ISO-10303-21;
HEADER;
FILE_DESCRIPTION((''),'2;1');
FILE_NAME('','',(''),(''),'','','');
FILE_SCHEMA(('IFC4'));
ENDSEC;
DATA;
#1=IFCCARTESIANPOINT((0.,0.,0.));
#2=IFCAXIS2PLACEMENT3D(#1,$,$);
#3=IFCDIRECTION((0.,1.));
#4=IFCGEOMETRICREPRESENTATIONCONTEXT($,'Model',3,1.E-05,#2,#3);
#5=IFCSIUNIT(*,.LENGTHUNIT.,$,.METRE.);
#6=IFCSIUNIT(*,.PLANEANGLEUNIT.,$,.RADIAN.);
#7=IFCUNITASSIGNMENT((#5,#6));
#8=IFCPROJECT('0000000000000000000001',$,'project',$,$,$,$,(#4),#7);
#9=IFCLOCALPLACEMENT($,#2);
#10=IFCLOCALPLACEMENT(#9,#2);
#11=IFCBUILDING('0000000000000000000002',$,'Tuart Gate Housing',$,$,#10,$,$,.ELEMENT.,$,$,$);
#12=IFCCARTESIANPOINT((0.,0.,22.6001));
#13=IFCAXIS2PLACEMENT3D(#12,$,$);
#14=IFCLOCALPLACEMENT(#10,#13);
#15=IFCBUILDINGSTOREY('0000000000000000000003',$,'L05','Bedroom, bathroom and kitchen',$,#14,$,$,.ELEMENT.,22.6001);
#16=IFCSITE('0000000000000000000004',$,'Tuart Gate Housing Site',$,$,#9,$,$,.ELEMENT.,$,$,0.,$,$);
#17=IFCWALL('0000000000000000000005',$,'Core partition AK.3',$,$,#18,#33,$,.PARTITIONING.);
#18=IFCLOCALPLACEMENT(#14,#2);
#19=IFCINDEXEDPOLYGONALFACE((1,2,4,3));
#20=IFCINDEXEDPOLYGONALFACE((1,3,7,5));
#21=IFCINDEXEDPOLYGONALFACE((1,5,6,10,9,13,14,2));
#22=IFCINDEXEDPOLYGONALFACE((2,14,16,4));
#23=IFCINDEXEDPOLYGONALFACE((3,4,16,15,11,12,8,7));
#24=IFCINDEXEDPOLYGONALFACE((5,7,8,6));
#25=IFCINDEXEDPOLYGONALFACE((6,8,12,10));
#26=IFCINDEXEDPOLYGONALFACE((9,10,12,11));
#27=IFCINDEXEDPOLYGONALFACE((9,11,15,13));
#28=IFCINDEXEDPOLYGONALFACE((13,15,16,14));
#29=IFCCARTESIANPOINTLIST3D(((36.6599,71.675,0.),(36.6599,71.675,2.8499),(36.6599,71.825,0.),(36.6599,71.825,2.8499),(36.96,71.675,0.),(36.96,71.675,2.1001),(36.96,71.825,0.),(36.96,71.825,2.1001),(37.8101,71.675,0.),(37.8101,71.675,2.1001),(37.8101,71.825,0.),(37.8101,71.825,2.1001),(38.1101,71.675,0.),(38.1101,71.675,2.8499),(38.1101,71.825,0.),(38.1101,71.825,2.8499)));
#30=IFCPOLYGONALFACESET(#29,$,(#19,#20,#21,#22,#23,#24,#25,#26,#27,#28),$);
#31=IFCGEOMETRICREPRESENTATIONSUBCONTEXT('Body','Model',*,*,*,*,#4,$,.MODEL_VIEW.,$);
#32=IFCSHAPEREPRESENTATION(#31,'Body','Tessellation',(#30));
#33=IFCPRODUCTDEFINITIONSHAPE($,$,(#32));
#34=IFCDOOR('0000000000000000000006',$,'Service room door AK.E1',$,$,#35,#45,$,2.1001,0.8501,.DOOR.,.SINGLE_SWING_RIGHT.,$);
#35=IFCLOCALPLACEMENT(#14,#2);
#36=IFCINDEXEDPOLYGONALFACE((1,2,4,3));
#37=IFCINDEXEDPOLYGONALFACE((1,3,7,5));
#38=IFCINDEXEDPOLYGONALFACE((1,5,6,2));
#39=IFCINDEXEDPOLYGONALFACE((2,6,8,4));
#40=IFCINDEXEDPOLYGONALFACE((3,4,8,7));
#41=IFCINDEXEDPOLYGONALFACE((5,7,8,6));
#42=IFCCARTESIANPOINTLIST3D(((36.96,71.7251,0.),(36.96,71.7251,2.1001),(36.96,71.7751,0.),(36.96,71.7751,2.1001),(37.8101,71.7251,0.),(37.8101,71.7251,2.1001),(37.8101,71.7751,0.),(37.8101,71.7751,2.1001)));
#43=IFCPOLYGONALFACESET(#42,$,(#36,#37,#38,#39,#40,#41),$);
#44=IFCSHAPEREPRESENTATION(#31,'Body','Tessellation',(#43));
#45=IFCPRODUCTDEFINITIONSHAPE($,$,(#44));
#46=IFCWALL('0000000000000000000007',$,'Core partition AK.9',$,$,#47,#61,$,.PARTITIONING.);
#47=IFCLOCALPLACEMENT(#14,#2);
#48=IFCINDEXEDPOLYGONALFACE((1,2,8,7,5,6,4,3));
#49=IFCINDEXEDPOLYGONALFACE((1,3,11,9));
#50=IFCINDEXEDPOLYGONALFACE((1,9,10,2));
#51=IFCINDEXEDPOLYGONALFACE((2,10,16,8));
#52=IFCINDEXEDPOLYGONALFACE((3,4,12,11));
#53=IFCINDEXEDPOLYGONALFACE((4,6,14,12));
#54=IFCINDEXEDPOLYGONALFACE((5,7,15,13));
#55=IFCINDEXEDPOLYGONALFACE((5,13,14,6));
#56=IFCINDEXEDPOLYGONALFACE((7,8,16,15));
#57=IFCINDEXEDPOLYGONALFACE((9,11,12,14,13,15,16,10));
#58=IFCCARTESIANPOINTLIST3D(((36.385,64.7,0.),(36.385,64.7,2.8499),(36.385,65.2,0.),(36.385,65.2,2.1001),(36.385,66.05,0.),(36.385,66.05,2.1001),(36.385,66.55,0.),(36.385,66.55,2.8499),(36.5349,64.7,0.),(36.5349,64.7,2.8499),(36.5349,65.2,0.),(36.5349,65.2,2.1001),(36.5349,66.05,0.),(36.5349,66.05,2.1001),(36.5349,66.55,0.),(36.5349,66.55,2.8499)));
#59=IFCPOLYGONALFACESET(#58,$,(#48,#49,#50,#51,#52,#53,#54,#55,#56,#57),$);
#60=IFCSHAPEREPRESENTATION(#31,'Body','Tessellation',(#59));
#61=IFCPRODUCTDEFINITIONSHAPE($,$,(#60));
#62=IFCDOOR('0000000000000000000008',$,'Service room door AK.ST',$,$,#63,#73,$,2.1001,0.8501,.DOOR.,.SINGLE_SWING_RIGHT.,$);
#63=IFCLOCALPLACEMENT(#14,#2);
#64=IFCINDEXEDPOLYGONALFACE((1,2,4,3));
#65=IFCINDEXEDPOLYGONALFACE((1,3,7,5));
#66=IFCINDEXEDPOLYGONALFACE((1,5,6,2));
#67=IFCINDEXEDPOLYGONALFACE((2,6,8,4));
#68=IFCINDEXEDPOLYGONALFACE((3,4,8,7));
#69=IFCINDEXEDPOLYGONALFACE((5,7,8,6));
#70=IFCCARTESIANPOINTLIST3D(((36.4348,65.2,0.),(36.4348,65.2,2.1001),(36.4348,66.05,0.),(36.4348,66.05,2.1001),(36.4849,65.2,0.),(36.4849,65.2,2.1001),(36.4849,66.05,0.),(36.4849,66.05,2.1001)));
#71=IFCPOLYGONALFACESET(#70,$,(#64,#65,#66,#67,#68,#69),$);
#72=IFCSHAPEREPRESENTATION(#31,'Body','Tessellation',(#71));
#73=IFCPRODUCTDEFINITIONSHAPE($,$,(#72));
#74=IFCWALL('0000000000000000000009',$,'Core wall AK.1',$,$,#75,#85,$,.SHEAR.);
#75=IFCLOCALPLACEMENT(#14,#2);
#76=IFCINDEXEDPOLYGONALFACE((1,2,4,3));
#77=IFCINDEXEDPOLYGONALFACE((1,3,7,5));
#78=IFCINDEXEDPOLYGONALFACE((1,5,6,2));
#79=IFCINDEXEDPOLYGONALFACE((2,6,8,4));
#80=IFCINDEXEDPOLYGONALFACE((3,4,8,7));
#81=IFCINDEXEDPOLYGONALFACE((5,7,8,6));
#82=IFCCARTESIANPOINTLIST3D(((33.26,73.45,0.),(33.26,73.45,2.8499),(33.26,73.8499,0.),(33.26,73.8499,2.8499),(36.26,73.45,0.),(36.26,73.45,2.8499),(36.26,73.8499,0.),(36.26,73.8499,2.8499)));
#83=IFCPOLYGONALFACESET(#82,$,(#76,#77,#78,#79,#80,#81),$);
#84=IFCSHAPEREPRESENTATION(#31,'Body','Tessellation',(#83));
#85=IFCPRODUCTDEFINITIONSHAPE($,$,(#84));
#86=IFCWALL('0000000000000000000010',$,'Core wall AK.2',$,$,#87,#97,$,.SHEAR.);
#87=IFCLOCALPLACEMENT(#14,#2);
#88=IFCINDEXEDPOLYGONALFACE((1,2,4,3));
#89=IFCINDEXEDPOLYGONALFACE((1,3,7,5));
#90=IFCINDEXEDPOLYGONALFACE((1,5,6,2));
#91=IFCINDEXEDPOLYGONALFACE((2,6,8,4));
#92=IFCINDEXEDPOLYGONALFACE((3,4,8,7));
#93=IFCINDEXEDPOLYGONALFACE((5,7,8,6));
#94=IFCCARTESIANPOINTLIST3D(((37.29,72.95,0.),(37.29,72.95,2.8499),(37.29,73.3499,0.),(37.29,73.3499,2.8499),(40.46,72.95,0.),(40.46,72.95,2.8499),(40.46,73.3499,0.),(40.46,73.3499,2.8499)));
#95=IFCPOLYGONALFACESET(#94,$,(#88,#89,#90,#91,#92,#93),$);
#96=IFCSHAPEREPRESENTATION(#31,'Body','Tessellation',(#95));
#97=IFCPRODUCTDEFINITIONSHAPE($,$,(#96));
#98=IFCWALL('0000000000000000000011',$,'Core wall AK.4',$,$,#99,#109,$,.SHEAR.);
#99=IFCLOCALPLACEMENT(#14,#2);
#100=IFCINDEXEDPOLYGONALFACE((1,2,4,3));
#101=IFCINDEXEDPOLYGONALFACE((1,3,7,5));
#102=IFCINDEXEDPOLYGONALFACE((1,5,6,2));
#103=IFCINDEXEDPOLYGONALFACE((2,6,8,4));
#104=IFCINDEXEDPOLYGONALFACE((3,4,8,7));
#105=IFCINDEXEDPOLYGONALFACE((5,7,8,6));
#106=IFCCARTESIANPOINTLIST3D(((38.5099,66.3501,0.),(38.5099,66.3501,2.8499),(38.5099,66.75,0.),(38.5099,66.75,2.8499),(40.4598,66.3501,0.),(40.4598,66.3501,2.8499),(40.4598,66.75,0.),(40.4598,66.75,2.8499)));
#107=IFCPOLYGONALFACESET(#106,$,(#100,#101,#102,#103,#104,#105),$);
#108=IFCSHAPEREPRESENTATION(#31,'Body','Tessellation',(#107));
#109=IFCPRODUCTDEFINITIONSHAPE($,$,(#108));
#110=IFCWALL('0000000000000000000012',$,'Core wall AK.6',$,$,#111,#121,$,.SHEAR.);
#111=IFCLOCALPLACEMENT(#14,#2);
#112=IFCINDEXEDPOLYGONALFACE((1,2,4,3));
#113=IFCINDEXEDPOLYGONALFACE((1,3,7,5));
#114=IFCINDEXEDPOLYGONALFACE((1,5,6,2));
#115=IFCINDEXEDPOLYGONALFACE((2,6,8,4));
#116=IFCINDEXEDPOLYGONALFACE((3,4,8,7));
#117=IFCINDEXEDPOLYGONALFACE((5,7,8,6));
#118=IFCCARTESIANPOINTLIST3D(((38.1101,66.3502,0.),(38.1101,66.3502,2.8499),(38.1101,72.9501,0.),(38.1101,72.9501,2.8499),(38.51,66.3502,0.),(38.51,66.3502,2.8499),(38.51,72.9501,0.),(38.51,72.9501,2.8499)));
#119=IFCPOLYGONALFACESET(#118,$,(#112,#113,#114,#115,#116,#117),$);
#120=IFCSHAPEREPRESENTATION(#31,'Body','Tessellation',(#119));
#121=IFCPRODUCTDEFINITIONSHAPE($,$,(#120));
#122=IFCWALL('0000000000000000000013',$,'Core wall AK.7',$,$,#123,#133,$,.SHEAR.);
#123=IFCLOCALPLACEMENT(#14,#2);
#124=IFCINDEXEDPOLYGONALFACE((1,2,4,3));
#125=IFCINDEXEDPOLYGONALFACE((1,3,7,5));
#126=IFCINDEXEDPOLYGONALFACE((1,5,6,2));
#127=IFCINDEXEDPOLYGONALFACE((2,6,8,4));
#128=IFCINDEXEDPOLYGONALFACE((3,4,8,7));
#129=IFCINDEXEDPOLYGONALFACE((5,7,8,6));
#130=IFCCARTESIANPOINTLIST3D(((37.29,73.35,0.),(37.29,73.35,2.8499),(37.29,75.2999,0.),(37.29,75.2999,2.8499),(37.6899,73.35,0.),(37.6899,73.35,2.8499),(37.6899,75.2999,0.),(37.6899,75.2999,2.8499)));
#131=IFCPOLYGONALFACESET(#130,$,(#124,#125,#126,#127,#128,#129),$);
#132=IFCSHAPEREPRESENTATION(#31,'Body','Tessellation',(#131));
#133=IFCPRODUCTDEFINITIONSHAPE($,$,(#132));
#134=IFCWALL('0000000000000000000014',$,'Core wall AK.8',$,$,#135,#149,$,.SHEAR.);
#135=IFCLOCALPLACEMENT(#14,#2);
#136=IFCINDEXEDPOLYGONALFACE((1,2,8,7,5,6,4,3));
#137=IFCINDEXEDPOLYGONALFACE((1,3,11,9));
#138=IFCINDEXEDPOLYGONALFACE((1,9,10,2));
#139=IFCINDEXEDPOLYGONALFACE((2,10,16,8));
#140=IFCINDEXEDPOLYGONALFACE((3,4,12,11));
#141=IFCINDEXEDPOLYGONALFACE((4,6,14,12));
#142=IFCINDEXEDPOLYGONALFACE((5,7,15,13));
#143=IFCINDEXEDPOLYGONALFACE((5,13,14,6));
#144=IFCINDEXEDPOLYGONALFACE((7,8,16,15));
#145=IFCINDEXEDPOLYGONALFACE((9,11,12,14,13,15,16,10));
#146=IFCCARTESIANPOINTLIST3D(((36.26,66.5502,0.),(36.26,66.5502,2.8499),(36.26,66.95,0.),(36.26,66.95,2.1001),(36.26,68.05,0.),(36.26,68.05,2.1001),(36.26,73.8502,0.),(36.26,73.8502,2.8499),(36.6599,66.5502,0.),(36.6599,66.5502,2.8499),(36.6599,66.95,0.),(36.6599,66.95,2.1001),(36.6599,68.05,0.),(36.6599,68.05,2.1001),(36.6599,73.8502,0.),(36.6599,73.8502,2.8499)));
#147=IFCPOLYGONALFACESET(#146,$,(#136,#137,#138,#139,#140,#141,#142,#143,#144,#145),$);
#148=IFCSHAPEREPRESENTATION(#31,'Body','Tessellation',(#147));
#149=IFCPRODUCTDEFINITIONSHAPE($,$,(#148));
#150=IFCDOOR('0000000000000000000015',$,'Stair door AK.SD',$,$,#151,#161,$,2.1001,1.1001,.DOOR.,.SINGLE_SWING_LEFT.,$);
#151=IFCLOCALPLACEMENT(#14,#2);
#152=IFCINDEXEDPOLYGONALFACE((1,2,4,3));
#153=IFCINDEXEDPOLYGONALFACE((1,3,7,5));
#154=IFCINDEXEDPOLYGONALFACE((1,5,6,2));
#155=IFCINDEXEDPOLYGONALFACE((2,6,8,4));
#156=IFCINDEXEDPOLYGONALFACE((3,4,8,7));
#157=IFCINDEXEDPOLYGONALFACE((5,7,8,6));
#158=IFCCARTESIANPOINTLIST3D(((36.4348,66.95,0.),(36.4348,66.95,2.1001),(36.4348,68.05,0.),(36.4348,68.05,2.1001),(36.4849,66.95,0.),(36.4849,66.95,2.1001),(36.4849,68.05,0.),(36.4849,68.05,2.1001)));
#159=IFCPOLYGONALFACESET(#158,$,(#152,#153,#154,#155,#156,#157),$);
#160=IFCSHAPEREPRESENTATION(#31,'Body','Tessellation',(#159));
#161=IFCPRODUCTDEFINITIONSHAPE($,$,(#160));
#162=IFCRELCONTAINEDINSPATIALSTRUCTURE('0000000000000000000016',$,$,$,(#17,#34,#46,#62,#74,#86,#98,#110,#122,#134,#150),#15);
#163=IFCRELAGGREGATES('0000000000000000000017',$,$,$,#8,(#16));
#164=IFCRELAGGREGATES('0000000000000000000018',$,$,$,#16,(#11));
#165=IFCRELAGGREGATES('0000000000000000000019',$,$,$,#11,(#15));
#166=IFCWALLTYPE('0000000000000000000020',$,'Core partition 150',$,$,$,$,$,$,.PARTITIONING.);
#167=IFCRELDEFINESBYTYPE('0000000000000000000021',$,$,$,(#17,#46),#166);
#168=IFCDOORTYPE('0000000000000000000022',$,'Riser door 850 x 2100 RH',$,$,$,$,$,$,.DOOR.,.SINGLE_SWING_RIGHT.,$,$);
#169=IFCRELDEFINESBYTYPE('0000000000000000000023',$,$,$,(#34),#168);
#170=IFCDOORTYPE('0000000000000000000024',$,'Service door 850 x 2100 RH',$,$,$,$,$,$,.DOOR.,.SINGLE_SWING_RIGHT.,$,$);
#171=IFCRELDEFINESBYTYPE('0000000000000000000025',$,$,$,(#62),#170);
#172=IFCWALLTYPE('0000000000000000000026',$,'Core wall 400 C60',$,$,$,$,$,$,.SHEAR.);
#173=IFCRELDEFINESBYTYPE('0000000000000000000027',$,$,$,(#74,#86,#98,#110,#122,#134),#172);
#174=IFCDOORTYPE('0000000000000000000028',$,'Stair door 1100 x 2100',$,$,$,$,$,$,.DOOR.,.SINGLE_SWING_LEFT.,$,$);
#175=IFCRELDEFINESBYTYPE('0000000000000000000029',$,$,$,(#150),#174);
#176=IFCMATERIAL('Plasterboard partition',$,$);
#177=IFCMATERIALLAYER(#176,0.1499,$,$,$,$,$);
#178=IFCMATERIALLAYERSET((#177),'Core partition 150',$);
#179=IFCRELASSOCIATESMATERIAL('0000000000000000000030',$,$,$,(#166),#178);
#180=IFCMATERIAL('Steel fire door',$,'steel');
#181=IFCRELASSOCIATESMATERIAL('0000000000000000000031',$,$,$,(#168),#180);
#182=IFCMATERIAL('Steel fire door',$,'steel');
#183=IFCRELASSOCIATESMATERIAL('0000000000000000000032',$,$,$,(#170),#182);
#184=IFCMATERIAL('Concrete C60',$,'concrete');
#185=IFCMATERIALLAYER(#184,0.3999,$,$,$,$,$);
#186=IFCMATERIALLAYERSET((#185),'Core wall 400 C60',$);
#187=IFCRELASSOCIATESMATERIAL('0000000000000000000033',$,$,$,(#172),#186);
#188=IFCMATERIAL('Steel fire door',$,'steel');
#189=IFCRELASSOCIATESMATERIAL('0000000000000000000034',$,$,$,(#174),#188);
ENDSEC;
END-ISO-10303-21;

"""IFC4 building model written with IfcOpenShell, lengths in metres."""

from ifc_helpers import new_model, si_unit, direction, frame, frame_2d, origin, place, context, subcontext, project, spatial, rectangle, extrude, material, layer, layer_set, type_object, element, fill, save


model = new_model("IFC4")

# Units and contexts
model_context = context("Model", 3, precision=1e-05, world=origin(), true_north=direction((0.0, 1.0)))
body_context = subcontext(model_context, "Body", "Model", "MODEL_VIEW")
ifc_project = project(units=[si_unit("LENGTHUNIT", "METRE"), si_unit("PLANEANGLEUNIT", "RADIAN")], contexts=[model_context])

# Site, building, storey
site_placement = place(None, origin())
site = spatial("IfcSite", under=ifc_project, at=site_placement, Name="Tuart Gate Housing Site", CompositionType="ELEMENT", RefElevation=0.0)
building_placement = place(site_placement, origin())
building = spatial("IfcBuilding", under=site, at=building_placement, Name="Tuart Gate Housing", CompositionType="ELEMENT")
storey_placement = place(building_placement, frame((0.0, 0.0, 22.6001)))
storey = spatial("IfcBuildingStorey", under=building, at=storey_placement, Name="L05", Description="Bedroom, bathroom and kitchen", CompositionType="ELEMENT", Elevation=22.6001)

# Walls, openings, doors
ifc_material_1 = material(Name="Plasterboard partition")
ifc_layer_1 = layer(ifc_material_1, 0.1499)
ifc_layer_set_1 = layer_set([ifc_layer_1], Name="Core partition 150")
wall_type_1 = type_object("IfcWallType", Name="Core partition 150", PredefinedType="PARTITIONING", material=ifc_layer_set_1)
wall_1_placement = place(storey_placement, frame((38.1101, 71.75, 0.0), z_axis=(0.0, 0.0, 1.0), x_axis=(-1.0, 0.0, 0.0)))
wall_1 = element("IfcWall", 1, at=wall_1_placement, inside=storey, type_object=wall_type_1, Name="Core partition AK.3", PredefinedType="PARTITIONING", context=body_context, shape_type="SweptSolid", body=[
    extrude(rectangle(XDim=1.4502, YDim=0.1499, at=frame_2d((0.7251, 0.0))), origin(), (0.0, 0.0, 1.0), 2.8499),
])
opening_1_placement = place(wall_1_placement, frame((0.3, 0.0, 0.0)))
opening_1 = element("IfcOpeningElement", 2, at=opening_1_placement, cuts=wall_1, PredefinedType="OPENING", context=body_context, shape_type="SweptSolid", body=[
    extrude(rectangle(XDim=0.8501, YDim=2.1001, at=frame_2d((0.425, 1.05))), frame((0.0, 0.085, 0.0), z_axis=(0.0, -1.0, 0.0), x_axis=(1.0, 0.0, 0.0)), (0.0, 0.0, 1.0), 0.1699),
])
ifc_material_2 = material(Name="Steel fire door", Category="steel")
door_type_1 = type_object("IfcDoorType", Name="Riser door 850 x 2100 RH", OperationType="SINGLE_SWING_RIGHT", PredefinedType="DOOR", material=ifc_material_2)
door_1_placement = place(opening_1_placement, frame((0.8501, 0.0, 0.0), z_axis=(0.0, 0.0, 1.0), x_axis=(-1.0, 0.0, 0.0)))
door_1 = element("IfcDoor", 3, at=door_1_placement, inside=storey, type_object=door_type_1, Name="Service room door AK.E1", OperationType="SINGLE_SWING_RIGHT", OverallHeight=2.1001, OverallWidth=0.8501, PredefinedType="DOOR", context=body_context, shape_type="SweptSolid", body=[
    extrude(rectangle(XDim=0.8501, YDim=2.1001, at=frame_2d((0.425, 1.05))), frame((0.0, 0.0251, 0.0), z_axis=(0.0, -1.0, 0.0), x_axis=(1.0, 0.0, 0.0)), (0.0, 0.0, 1.0), 0.05),
])
fill(opening_1, door_1)
wall_2_placement = place(storey_placement, frame((36.46, 66.55, 0.0), z_axis=(0.0, 0.0, 1.0), x_axis=(0.0, -1.0, 0.0)))
wall_2 = element("IfcWall", 4, at=wall_2_placement, inside=storey, type_object=wall_type_1, Name="Core partition AK.9", PredefinedType="PARTITIONING", context=body_context, shape_type="SweptSolid", body=[
    extrude(rectangle(XDim=1.8501, YDim=0.1499, at=frame_2d((0.925, 0.0))), origin(), (0.0, 0.0, 1.0), 2.8499),
])
opening_2_placement = place(wall_2_placement, frame((0.5, 0.0, 0.0)))
opening_2 = element("IfcOpeningElement", 5, at=opening_2_placement, cuts=wall_2, PredefinedType="OPENING", context=body_context, shape_type="SweptSolid", body=[
    extrude(rectangle(XDim=0.8501, YDim=2.1001, at=frame_2d((0.425, 1.05))), frame((0.0, 0.085, 0.0), z_axis=(0.0, -1.0, 0.0), x_axis=(1.0, 0.0, 0.0)), (0.0, 0.0, 1.0), 0.1699),
])
ifc_material_3 = material(Name="Steel fire door", Category="steel")
door_type_2 = type_object("IfcDoorType", Name="Service door 850 x 2100 RH", OperationType="SINGLE_SWING_RIGHT", PredefinedType="DOOR", material=ifc_material_3)
door_2_placement = place(opening_2_placement, frame((0.8501, 0.0, 0.0), z_axis=(0.0, 0.0, 1.0), x_axis=(-1.0, 0.0, 0.0)))
door_2 = element("IfcDoor", 6, at=door_2_placement, inside=storey, type_object=door_type_2, Name="Service room door AK.ST", OperationType="SINGLE_SWING_RIGHT", OverallHeight=2.1001, OverallWidth=0.8501, PredefinedType="DOOR", context=body_context, shape_type="SweptSolid", body=[
    extrude(rectangle(XDim=0.8501, YDim=2.1001, at=frame_2d((0.425, 1.05))), frame((0.0, 0.0251, 0.0), z_axis=(0.0, -1.0, 0.0), x_axis=(1.0, 0.0, 0.0)), (0.0, 0.0, 1.0), 0.05),
])
fill(opening_2, door_2)

# Walls
ifc_material_4 = material(Name="Concrete C60", Category="concrete")
ifc_layer_2 = layer(ifc_material_4, 0.3999)
ifc_layer_set_2 = layer_set([ifc_layer_2], Name="Core wall 400 C60")
wall_type_2 = type_object("IfcWallType", Name="Core wall 400 C60", PredefinedType="SHEAR", material=ifc_layer_set_2)
wall_3_placement = place(storey_placement, frame((36.26, 73.6499, 0.0), z_axis=(0.0, 0.0, 1.0), x_axis=(-1.0, 0.0, 0.0)))
element("IfcWall", 7, at=wall_3_placement, inside=storey, type_object=wall_type_2, Name="Core wall AK.1", PredefinedType="SHEAR", context=body_context, shape_type="SweptSolid", body=[
    extrude(rectangle(XDim=3.0, YDim=0.3999, at=frame_2d((1.5, 0.0))), origin(), (0.0, 0.0, 1.0), 2.8499),
])
wall_4_placement = place(storey_placement, frame((40.46, 73.1499, 0.0), z_axis=(0.0, 0.0, 1.0), x_axis=(-1.0, 0.0, 0.0)))
element("IfcWall", 8, at=wall_4_placement, inside=storey, type_object=wall_type_2, Name="Core wall AK.2", PredefinedType="SHEAR", context=body_context, shape_type="SweptSolid", body=[
    extrude(rectangle(XDim=3.1699, YDim=0.3999, at=frame_2d((1.585, 0.0))), origin(), (0.0, 0.0, 1.0), 2.8499),
])
wall_5_placement = place(storey_placement, frame((40.46, 66.55, 0.0), z_axis=(0.0, 0.0, 1.0), x_axis=(-1.0, 0.0, 0.0)))
element("IfcWall", 9, at=wall_5_placement, inside=storey, type_object=wall_type_2, Name="Core wall AK.4", PredefinedType="SHEAR", context=body_context, shape_type="SweptSolid", body=[
    extrude(rectangle(XDim=1.95, YDim=0.3999, at=frame_2d((0.9751, 0.0))), origin(), (0.0, 0.0, 1.0), 2.8499),
])
wall_6_placement = place(storey_placement, frame((38.3101, 72.95, 0.0), z_axis=(0.0, 0.0, 1.0), x_axis=(0.0, -1.0, 0.0)))
element("IfcWall", 10, at=wall_6_placement, inside=storey, type_object=wall_type_2, Name="Core wall AK.6", PredefinedType="SHEAR", context=body_context, shape_type="SweptSolid", body=[
    extrude(rectangle(XDim=6.5999, YDim=0.3999, at=frame_2d((3.2998, 0.0))), origin(), (0.0, 0.0, 1.0), 2.8499),
])
wall_7_placement = place(storey_placement, frame((37.49, 75.3, 0.0), z_axis=(0.0, 0.0, 1.0), x_axis=(0.0, -1.0, 0.0)))
element("IfcWall", 11, at=wall_7_placement, inside=storey, type_object=wall_type_2, Name="Core wall AK.7", PredefinedType="SHEAR", context=body_context, shape_type="SweptSolid", body=[
    extrude(rectangle(XDim=1.95, YDim=0.3999, at=frame_2d((0.9751, 0.0))), origin(), (0.0, 0.0, 1.0), 2.8499),
])

# Wall, opening, door
wall_8_placement = place(storey_placement, frame((36.46, 73.8501, 0.0), z_axis=(0.0, 0.0, 1.0), x_axis=(0.0, -1.0, 0.0)))
wall_8 = element("IfcWall", 12, at=wall_8_placement, inside=storey, type_object=wall_type_2, Name="Core wall AK.8", PredefinedType="SHEAR", context=body_context, shape_type="SweptSolid", body=[
    extrude(rectangle(XDim=7.3, YDim=0.3999, at=frame_2d((3.6499, 0.0))), origin(), (0.0, 0.0, 1.0), 2.8499),
])
opening_3_placement = place(wall_8_placement, frame((5.8, 0.0, 0.0)))
opening_3 = element("IfcOpeningElement", 13, at=opening_3_placement, cuts=wall_8, PredefinedType="OPENING", context=body_context, shape_type="SweptSolid", body=[
    extrude(rectangle(XDim=1.1001, YDim=2.1001, at=frame_2d((0.55, 1.05))), frame((0.0, 0.21, 0.0), z_axis=(0.0, -1.0, 0.0), x_axis=(1.0, 0.0, 0.0)), (0.0, 0.0, 1.0), 0.4199),
])
ifc_material_5 = material(Name="Steel fire door", Category="steel")
door_type_3 = type_object("IfcDoorType", Name="Stair door 1100 x 2100", OperationType="SINGLE_SWING_LEFT", PredefinedType="DOOR", material=ifc_material_5)
door_3_placement = place(opening_3_placement, frame((1.1001, 0.0, 0.0), z_axis=(0.0, 0.0, 1.0), x_axis=(-1.0, 0.0, 0.0)))
door_3 = element("IfcDoor", 14, at=door_3_placement, inside=storey, type_object=door_type_3, Name="Stair door AK.SD", OperationType="SINGLE_SWING_LEFT", OverallHeight=2.1001, OverallWidth=1.1001, PredefinedType="DOOR", context=body_context, shape_type="SweptSolid", body=[
    extrude(rectangle(XDim=1.1001, YDim=2.1001, at=frame_2d((0.55, 1.05))), frame((0.0, 0.0251, 0.0), z_axis=(0.0, -1.0, 0.0), x_axis=(1.0, 0.0, 0.0)), (0.0, 0.0, 1.0), 0.05),
])
fill(opening_3, door_3)

save(model, "model.ifc")
